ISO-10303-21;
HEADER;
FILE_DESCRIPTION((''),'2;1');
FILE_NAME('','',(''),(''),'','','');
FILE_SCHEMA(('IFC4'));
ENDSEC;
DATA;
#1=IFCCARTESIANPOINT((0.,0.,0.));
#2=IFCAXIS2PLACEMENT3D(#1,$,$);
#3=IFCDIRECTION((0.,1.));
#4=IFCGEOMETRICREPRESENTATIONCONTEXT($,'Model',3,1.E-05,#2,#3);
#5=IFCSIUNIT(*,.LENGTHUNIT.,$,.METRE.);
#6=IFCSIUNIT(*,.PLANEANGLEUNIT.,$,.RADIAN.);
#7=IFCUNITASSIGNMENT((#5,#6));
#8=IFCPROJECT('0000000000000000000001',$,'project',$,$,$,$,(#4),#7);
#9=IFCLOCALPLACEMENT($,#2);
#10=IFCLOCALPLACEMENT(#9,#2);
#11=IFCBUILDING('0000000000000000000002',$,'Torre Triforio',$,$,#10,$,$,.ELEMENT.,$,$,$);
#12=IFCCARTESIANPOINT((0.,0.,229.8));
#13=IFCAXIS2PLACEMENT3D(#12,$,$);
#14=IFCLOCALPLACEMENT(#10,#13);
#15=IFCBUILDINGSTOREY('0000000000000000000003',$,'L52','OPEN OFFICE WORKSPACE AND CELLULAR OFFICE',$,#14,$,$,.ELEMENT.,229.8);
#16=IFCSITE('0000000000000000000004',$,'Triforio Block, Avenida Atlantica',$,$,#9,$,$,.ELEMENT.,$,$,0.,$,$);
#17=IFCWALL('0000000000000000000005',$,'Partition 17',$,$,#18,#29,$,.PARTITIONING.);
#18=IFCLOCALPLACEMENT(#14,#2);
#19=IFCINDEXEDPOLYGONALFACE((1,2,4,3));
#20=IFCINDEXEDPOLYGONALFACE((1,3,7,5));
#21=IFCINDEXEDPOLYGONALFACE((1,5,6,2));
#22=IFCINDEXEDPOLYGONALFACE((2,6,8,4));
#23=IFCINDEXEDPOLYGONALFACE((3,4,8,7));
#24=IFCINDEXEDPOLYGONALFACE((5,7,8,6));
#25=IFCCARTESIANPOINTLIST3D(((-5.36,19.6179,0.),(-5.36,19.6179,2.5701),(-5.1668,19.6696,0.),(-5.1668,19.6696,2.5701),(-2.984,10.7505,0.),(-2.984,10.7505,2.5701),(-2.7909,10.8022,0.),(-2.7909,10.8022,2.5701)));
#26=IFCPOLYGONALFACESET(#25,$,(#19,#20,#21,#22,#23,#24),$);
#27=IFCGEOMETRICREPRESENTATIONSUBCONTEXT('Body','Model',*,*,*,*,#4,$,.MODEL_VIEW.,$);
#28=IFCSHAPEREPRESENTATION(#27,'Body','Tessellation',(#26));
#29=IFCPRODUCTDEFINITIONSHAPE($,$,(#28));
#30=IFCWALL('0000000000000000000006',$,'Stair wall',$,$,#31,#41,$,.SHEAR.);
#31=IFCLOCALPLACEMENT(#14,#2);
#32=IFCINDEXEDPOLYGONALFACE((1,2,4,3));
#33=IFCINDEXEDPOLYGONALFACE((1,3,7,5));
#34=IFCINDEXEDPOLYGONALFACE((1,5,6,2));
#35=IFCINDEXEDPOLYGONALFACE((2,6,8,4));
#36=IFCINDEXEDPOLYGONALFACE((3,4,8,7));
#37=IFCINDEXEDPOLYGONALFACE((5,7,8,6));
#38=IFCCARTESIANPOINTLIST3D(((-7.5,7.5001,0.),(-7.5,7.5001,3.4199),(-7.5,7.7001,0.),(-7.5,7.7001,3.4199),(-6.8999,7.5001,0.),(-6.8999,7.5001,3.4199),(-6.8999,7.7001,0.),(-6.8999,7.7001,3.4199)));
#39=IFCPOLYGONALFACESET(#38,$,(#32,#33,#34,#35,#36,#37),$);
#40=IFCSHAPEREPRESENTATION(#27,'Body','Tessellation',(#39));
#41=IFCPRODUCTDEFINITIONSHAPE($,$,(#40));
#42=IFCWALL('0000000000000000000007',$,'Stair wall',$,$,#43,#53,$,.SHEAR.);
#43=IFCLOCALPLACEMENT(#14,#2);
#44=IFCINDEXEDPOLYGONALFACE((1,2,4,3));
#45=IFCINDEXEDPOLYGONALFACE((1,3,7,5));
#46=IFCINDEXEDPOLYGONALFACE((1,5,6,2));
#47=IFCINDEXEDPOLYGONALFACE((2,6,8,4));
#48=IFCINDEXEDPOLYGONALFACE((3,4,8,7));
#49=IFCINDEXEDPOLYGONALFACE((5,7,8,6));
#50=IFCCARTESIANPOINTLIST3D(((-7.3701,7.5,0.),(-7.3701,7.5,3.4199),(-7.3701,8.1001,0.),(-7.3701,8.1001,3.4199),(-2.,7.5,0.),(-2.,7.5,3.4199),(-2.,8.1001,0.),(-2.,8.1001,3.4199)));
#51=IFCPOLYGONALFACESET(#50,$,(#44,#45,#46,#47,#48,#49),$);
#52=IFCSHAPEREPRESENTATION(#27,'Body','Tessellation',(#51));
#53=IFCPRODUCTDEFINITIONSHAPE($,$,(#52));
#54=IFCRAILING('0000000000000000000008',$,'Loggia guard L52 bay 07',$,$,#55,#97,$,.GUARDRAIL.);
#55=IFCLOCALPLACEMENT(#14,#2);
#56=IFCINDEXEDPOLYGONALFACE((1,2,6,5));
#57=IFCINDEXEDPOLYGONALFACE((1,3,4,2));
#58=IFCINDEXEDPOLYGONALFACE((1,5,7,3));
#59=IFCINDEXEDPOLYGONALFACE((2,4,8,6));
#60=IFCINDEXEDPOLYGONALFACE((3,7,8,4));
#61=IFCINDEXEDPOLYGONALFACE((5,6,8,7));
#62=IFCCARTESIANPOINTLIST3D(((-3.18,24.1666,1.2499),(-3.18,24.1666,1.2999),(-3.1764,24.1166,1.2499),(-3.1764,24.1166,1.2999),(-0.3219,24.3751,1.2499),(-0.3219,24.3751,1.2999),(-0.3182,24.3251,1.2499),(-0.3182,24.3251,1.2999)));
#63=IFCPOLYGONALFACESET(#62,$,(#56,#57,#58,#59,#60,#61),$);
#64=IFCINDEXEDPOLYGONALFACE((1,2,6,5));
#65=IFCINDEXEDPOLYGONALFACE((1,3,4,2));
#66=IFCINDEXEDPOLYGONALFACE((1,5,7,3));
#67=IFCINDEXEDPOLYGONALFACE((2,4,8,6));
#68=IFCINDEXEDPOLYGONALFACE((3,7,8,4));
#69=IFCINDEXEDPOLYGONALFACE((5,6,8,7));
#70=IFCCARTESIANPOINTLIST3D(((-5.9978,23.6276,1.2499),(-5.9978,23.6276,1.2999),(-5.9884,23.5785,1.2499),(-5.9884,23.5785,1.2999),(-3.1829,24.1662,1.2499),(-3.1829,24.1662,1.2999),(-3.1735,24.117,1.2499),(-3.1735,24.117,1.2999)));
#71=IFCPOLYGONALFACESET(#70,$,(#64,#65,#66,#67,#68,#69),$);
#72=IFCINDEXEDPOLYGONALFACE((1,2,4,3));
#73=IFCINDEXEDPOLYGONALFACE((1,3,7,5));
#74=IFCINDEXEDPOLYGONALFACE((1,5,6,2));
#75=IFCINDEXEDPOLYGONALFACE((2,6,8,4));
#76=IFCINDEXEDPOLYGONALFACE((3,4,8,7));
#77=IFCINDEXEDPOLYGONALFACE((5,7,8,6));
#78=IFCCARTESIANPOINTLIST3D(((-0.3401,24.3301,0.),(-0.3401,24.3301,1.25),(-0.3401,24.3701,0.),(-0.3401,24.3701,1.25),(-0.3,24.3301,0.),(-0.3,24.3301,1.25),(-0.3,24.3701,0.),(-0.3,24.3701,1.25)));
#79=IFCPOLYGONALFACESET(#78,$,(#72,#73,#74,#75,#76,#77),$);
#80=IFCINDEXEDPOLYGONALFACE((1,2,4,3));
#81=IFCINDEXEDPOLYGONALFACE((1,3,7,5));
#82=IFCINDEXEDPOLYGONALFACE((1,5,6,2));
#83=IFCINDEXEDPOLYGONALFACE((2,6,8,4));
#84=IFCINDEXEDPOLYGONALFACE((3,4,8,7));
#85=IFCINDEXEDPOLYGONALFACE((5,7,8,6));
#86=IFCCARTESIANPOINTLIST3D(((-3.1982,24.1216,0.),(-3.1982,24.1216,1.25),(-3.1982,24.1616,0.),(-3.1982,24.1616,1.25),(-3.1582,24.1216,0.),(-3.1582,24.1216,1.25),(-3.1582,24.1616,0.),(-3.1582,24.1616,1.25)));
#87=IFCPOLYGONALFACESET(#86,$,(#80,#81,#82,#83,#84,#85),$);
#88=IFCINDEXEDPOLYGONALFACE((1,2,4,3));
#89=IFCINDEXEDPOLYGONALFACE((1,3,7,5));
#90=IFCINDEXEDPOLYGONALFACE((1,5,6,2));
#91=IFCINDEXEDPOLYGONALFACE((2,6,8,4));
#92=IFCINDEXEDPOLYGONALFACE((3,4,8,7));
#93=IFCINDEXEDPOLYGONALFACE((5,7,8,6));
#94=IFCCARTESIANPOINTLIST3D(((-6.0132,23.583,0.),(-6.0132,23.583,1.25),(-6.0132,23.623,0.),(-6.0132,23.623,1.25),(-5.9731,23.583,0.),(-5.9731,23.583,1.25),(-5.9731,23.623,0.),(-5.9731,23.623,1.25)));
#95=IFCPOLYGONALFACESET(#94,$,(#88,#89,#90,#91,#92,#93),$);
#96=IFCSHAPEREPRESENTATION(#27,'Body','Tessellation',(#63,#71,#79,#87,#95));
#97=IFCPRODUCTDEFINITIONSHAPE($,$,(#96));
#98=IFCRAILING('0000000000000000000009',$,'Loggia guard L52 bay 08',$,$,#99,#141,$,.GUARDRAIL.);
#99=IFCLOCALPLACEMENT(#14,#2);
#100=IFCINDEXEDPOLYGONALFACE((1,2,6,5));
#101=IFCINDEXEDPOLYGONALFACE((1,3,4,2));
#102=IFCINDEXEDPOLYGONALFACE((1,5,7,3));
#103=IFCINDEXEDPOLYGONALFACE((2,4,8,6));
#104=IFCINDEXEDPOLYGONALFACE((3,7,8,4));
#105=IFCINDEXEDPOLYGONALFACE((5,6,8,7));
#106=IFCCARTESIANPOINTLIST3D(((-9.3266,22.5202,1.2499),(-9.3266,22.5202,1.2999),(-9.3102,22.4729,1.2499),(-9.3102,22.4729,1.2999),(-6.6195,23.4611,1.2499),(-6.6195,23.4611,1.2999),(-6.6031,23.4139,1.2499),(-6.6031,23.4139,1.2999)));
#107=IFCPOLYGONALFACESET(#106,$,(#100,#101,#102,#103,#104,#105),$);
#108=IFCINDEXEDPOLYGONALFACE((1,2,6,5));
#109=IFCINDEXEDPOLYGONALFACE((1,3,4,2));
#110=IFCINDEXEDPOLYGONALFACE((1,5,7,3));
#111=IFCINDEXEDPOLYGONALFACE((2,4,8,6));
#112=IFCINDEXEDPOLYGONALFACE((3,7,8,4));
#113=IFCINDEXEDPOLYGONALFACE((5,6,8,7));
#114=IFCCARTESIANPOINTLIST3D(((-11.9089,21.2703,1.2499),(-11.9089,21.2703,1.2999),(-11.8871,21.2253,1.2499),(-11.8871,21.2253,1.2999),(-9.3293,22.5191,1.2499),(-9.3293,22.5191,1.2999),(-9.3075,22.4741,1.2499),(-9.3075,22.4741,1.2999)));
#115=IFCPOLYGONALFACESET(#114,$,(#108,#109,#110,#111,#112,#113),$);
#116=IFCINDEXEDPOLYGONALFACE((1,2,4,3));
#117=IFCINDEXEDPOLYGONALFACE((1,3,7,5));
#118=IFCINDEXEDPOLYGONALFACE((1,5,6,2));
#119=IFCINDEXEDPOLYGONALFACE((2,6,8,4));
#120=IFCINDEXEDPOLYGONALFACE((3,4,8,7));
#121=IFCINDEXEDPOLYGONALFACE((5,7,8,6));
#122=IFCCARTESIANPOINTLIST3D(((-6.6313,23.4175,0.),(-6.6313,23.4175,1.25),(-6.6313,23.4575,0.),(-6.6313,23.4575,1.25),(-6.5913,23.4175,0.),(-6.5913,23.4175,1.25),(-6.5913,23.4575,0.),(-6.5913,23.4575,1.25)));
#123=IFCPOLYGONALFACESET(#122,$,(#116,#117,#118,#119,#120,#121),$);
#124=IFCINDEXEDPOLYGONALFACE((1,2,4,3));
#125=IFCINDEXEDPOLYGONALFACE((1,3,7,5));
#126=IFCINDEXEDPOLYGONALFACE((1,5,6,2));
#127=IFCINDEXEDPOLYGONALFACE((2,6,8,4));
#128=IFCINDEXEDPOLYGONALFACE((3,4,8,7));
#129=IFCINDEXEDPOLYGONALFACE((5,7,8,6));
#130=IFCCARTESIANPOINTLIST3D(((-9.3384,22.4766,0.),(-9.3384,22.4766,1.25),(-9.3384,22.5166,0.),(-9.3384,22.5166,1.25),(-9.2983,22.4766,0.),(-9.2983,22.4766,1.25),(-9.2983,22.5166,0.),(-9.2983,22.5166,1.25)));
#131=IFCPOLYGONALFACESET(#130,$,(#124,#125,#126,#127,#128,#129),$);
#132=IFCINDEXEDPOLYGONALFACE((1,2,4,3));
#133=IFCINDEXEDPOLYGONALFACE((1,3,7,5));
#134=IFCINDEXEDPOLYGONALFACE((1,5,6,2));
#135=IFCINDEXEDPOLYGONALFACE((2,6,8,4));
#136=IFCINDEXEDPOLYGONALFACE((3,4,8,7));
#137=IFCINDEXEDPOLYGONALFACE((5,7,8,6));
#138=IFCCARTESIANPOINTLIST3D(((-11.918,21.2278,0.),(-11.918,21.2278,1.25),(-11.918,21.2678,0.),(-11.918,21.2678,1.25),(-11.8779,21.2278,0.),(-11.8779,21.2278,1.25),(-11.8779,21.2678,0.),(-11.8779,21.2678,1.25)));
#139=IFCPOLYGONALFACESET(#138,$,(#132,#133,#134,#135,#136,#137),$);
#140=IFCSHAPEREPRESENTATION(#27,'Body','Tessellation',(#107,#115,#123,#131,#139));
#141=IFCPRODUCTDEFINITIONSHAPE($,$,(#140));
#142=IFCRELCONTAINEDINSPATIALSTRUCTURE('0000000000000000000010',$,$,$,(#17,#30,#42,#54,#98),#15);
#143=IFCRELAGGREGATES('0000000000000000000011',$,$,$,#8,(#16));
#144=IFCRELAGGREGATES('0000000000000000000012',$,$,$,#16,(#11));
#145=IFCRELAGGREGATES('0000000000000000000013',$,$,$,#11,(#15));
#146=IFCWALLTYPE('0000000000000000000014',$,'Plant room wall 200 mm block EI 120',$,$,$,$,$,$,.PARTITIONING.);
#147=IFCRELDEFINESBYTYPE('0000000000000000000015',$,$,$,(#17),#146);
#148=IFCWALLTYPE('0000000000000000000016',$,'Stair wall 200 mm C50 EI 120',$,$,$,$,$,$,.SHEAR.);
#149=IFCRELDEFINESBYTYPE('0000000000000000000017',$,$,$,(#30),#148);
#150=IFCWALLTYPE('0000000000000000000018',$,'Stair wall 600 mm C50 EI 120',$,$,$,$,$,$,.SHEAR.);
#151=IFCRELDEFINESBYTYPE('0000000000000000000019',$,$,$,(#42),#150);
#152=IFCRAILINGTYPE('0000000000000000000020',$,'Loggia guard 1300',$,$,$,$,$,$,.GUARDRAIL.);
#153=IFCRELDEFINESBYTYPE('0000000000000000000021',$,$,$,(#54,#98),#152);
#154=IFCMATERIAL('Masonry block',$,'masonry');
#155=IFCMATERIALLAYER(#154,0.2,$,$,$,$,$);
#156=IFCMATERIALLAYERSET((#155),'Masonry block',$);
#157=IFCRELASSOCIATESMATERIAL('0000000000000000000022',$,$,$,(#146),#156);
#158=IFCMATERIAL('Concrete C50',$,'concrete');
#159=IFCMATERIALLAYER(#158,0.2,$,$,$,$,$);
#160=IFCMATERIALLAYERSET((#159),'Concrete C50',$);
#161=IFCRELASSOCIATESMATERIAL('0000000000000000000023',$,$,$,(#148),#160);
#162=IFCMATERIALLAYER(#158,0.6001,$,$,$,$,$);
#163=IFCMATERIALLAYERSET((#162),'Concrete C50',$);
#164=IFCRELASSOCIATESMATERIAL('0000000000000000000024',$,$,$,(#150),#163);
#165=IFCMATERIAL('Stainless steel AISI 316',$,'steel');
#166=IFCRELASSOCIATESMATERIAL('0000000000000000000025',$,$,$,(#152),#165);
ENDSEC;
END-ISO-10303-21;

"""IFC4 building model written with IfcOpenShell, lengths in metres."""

from ifc_helpers import new_model, si_unit, direction, frame, frame_2d, origin, origin_2d, place, context, subcontext, project, spatial, rectangle, extrude, material, layer, layer_set, type_object, element, save


model = new_model("IFC4")

# Units and contexts
model_context = context("Model", 3, precision=1e-05, world=origin(), true_north=direction((0.0, 1.0)))
body_context = subcontext(model_context, "Body", "Model", "MODEL_VIEW")
ifc_project = project(units=[si_unit("LENGTHUNIT", "METRE"), si_unit("PLANEANGLEUNIT", "RADIAN")], contexts=[model_context])

# Site, building, storey
site_placement = place(None, origin())
site = spatial("IfcSite", under=ifc_project, at=site_placement, Name="Triforio Block, Avenida Atlantica", CompositionType="ELEMENT", RefElevation=0.0)
building_placement = place(site_placement, origin())
building = spatial("IfcBuilding", under=site, at=building_placement, Name="Torre Triforio", CompositionType="ELEMENT")
storey_placement = place(building_placement, frame((0.0, 0.0, 229.8)))
storey = spatial("IfcBuildingStorey", under=building, at=storey_placement, Name="L52", Description="OPEN OFFICE WORKSPACE AND CELLULAR OFFICE", CompositionType="ELEMENT", Elevation=229.8)

# Shared definitions
ifc_material_1 = material(Name="Concrete C50", Category="concrete")

# Shared definitions
ifc_material_2 = material(Name="Masonry block", Category="masonry")
ifc_layer_1 = layer(ifc_material_2, 0.2)
ifc_layer_set_1 = layer_set([ifc_layer_1], Name="Masonry block")
wall_type_1 = type_object("IfcWallType", Name="Plant room wall 200 mm block EI 120", PredefinedType="PARTITIONING", material=ifc_layer_set_1)

# Walls
wall_1_placement = place(storey_placement, frame((-2.8875, 10.7764, 0.0), z_axis=(0.0, 0.0, 1.0), x_axis=(-0.258815, 0.965927, 0.0)))
element("IfcWall", 1, at=wall_1_placement, inside=storey, type_object=wall_type_1, Name="Partition 17", PredefinedType="PARTITIONING", context=body_context, shape_type="SweptSolid", body=[
    extrude(rectangle(XDim=9.1802, YDim=0.2, at=frame_2d((4.5901, 0.0))), origin(), (0.0, 0.0, 1.0), 2.5701),
])
ifc_layer_2 = layer(ifc_material_1, 0.2)
ifc_layer_set_2 = layer_set([ifc_layer_2], Name="Concrete C50")
wall_type_2 = type_object("IfcWallType", Name="Stair wall 200 mm C50 EI 120", PredefinedType="SHEAR", material=ifc_layer_set_2)
wall_2_placement = place(storey_placement, frame((-7.5, 7.6001, 0.0), z_axis=(0.0, 0.0, 1.0), x_axis=(1.0, 0.0, 0.0)))
element("IfcWall", 2, at=wall_2_placement, inside=storey, type_object=wall_type_2, Name="Stair wall", PredefinedType="SHEAR", context=body_context, shape_type="SweptSolid", body=[
    extrude(rectangle(XDim=0.6001, YDim=0.2, at=frame_2d((0.3, 0.0))), origin(), (0.0, 0.0, 1.0), 3.4199),
])
ifc_layer_3 = layer(ifc_material_1, 0.6001)
ifc_layer_set_3 = layer_set([ifc_layer_3], Name="Concrete C50")
wall_type_3 = type_object("IfcWallType", Name="Stair wall 600 mm C50 EI 120", PredefinedType="SHEAR", material=ifc_layer_set_3)
wall_3_placement = place(storey_placement, frame((-7.3701, 7.8, 0.0), z_axis=(0.0, 0.0, 1.0), x_axis=(1.0, 0.0, 0.0)))
element("IfcWall", 3, at=wall_3_placement, inside=storey, type_object=wall_type_3, Name="Stair wall", PredefinedType="SHEAR", context=body_context, shape_type="SweptSolid", body=[
    extrude(rectangle(XDim=5.3701, YDim=0.6001, at=frame_2d((2.6851, 0.0))), origin(), (0.0, 0.0, 1.0), 3.4199),
])

# Railings
ifc_material_3 = material(Name="Stainless steel AISI 316", Category="steel")
railing_type = type_object("IfcRailingType", Name="Loggia guard 1300", PredefinedType="GUARDRAIL", material=ifc_material_3)
railing_1_placement = place(storey_placement, frame((-0.3201, 24.3501, 0.0)))
element("IfcRailing", 4, at=railing_1_placement, inside=storey, type_object=railing_type, Name="Loggia guard L52 bay 07", PredefinedType="GUARDRAIL", context=body_context, shape_type="SweptSolid", body=[
    extrude(rectangle(XDim=0.05, YDim=0.05, at=origin_2d()), frame((0.0, 0.0, 1.2749), z_axis=(-0.99735, -0.072754, 0.0), x_axis=(0.072754, -0.99735, 0.0)), (0.0, 0.0, 1.0), 2.8657),
    extrude(rectangle(XDim=0.05, YDim=0.05, at=origin_2d()), frame((-2.8582, -0.2085, 1.2749), z_axis=(-0.982185, -0.187918, 0.0), x_axis=(0.187918, -0.982185, 0.0)), (0.0, 0.0, 1.0), 2.866),
    extrude(rectangle(XDim=0.04, YDim=0.04, at=origin_2d()), origin(), (0.0, 0.0, 1.0), 1.25),
    extrude(rectangle(XDim=0.04, YDim=0.04, at=origin_2d()), frame((-2.8582, -0.2085, 0.0)), (0.0, 0.0, 1.0), 1.25),
    extrude(rectangle(XDim=0.04, YDim=0.04, at=origin_2d()), frame((-5.6731, -0.7471, 0.0)), (0.0, 0.0, 1.0), 1.25),
])
railing_2_placement = place(storey_placement, frame((-6.6113, 23.4375, 0.0)))
element("IfcRailing", 5, at=railing_2_placement, inside=storey, type_object=railing_type, Name="Loggia guard L52 bay 08", PredefinedType="GUARDRAIL", context=body_context, shape_type="SweptSolid", body=[
    extrude(rectangle(XDim=0.05, YDim=0.05, at=origin_2d()), frame((0.0, 0.0, 1.2749), z_axis=(-0.944568, -0.328316, 0.0), x_axis=(0.328316, -0.944568, 0.0)), (0.0, 0.0, 1.0), 2.866),
    extrude(rectangle(XDim=0.05, YDim=0.05, at=origin_2d()), frame((-2.707, -0.9409, 1.2749), z_axis=(-0.900078, -0.435728, 0.0), x_axis=(0.435728, -0.900078, 0.0)), (0.0, 0.0, 1.0), 2.866),
    extrude(rectangle(XDim=0.04, YDim=0.04, at=origin_2d()), origin(), (0.0, 0.0, 1.0), 1.25),
    extrude(rectangle(XDim=0.04, YDim=0.04, at=origin_2d()), frame((-2.707, -0.9409, 0.0)), (0.0, 0.0, 1.0), 1.25),
    extrude(rectangle(XDim=0.04, YDim=0.04, at=origin_2d()), frame((-5.2866, -2.1897, 0.0)), (0.0, 0.0, 1.0), 1.25),
])

save(model, "model.ifc")
